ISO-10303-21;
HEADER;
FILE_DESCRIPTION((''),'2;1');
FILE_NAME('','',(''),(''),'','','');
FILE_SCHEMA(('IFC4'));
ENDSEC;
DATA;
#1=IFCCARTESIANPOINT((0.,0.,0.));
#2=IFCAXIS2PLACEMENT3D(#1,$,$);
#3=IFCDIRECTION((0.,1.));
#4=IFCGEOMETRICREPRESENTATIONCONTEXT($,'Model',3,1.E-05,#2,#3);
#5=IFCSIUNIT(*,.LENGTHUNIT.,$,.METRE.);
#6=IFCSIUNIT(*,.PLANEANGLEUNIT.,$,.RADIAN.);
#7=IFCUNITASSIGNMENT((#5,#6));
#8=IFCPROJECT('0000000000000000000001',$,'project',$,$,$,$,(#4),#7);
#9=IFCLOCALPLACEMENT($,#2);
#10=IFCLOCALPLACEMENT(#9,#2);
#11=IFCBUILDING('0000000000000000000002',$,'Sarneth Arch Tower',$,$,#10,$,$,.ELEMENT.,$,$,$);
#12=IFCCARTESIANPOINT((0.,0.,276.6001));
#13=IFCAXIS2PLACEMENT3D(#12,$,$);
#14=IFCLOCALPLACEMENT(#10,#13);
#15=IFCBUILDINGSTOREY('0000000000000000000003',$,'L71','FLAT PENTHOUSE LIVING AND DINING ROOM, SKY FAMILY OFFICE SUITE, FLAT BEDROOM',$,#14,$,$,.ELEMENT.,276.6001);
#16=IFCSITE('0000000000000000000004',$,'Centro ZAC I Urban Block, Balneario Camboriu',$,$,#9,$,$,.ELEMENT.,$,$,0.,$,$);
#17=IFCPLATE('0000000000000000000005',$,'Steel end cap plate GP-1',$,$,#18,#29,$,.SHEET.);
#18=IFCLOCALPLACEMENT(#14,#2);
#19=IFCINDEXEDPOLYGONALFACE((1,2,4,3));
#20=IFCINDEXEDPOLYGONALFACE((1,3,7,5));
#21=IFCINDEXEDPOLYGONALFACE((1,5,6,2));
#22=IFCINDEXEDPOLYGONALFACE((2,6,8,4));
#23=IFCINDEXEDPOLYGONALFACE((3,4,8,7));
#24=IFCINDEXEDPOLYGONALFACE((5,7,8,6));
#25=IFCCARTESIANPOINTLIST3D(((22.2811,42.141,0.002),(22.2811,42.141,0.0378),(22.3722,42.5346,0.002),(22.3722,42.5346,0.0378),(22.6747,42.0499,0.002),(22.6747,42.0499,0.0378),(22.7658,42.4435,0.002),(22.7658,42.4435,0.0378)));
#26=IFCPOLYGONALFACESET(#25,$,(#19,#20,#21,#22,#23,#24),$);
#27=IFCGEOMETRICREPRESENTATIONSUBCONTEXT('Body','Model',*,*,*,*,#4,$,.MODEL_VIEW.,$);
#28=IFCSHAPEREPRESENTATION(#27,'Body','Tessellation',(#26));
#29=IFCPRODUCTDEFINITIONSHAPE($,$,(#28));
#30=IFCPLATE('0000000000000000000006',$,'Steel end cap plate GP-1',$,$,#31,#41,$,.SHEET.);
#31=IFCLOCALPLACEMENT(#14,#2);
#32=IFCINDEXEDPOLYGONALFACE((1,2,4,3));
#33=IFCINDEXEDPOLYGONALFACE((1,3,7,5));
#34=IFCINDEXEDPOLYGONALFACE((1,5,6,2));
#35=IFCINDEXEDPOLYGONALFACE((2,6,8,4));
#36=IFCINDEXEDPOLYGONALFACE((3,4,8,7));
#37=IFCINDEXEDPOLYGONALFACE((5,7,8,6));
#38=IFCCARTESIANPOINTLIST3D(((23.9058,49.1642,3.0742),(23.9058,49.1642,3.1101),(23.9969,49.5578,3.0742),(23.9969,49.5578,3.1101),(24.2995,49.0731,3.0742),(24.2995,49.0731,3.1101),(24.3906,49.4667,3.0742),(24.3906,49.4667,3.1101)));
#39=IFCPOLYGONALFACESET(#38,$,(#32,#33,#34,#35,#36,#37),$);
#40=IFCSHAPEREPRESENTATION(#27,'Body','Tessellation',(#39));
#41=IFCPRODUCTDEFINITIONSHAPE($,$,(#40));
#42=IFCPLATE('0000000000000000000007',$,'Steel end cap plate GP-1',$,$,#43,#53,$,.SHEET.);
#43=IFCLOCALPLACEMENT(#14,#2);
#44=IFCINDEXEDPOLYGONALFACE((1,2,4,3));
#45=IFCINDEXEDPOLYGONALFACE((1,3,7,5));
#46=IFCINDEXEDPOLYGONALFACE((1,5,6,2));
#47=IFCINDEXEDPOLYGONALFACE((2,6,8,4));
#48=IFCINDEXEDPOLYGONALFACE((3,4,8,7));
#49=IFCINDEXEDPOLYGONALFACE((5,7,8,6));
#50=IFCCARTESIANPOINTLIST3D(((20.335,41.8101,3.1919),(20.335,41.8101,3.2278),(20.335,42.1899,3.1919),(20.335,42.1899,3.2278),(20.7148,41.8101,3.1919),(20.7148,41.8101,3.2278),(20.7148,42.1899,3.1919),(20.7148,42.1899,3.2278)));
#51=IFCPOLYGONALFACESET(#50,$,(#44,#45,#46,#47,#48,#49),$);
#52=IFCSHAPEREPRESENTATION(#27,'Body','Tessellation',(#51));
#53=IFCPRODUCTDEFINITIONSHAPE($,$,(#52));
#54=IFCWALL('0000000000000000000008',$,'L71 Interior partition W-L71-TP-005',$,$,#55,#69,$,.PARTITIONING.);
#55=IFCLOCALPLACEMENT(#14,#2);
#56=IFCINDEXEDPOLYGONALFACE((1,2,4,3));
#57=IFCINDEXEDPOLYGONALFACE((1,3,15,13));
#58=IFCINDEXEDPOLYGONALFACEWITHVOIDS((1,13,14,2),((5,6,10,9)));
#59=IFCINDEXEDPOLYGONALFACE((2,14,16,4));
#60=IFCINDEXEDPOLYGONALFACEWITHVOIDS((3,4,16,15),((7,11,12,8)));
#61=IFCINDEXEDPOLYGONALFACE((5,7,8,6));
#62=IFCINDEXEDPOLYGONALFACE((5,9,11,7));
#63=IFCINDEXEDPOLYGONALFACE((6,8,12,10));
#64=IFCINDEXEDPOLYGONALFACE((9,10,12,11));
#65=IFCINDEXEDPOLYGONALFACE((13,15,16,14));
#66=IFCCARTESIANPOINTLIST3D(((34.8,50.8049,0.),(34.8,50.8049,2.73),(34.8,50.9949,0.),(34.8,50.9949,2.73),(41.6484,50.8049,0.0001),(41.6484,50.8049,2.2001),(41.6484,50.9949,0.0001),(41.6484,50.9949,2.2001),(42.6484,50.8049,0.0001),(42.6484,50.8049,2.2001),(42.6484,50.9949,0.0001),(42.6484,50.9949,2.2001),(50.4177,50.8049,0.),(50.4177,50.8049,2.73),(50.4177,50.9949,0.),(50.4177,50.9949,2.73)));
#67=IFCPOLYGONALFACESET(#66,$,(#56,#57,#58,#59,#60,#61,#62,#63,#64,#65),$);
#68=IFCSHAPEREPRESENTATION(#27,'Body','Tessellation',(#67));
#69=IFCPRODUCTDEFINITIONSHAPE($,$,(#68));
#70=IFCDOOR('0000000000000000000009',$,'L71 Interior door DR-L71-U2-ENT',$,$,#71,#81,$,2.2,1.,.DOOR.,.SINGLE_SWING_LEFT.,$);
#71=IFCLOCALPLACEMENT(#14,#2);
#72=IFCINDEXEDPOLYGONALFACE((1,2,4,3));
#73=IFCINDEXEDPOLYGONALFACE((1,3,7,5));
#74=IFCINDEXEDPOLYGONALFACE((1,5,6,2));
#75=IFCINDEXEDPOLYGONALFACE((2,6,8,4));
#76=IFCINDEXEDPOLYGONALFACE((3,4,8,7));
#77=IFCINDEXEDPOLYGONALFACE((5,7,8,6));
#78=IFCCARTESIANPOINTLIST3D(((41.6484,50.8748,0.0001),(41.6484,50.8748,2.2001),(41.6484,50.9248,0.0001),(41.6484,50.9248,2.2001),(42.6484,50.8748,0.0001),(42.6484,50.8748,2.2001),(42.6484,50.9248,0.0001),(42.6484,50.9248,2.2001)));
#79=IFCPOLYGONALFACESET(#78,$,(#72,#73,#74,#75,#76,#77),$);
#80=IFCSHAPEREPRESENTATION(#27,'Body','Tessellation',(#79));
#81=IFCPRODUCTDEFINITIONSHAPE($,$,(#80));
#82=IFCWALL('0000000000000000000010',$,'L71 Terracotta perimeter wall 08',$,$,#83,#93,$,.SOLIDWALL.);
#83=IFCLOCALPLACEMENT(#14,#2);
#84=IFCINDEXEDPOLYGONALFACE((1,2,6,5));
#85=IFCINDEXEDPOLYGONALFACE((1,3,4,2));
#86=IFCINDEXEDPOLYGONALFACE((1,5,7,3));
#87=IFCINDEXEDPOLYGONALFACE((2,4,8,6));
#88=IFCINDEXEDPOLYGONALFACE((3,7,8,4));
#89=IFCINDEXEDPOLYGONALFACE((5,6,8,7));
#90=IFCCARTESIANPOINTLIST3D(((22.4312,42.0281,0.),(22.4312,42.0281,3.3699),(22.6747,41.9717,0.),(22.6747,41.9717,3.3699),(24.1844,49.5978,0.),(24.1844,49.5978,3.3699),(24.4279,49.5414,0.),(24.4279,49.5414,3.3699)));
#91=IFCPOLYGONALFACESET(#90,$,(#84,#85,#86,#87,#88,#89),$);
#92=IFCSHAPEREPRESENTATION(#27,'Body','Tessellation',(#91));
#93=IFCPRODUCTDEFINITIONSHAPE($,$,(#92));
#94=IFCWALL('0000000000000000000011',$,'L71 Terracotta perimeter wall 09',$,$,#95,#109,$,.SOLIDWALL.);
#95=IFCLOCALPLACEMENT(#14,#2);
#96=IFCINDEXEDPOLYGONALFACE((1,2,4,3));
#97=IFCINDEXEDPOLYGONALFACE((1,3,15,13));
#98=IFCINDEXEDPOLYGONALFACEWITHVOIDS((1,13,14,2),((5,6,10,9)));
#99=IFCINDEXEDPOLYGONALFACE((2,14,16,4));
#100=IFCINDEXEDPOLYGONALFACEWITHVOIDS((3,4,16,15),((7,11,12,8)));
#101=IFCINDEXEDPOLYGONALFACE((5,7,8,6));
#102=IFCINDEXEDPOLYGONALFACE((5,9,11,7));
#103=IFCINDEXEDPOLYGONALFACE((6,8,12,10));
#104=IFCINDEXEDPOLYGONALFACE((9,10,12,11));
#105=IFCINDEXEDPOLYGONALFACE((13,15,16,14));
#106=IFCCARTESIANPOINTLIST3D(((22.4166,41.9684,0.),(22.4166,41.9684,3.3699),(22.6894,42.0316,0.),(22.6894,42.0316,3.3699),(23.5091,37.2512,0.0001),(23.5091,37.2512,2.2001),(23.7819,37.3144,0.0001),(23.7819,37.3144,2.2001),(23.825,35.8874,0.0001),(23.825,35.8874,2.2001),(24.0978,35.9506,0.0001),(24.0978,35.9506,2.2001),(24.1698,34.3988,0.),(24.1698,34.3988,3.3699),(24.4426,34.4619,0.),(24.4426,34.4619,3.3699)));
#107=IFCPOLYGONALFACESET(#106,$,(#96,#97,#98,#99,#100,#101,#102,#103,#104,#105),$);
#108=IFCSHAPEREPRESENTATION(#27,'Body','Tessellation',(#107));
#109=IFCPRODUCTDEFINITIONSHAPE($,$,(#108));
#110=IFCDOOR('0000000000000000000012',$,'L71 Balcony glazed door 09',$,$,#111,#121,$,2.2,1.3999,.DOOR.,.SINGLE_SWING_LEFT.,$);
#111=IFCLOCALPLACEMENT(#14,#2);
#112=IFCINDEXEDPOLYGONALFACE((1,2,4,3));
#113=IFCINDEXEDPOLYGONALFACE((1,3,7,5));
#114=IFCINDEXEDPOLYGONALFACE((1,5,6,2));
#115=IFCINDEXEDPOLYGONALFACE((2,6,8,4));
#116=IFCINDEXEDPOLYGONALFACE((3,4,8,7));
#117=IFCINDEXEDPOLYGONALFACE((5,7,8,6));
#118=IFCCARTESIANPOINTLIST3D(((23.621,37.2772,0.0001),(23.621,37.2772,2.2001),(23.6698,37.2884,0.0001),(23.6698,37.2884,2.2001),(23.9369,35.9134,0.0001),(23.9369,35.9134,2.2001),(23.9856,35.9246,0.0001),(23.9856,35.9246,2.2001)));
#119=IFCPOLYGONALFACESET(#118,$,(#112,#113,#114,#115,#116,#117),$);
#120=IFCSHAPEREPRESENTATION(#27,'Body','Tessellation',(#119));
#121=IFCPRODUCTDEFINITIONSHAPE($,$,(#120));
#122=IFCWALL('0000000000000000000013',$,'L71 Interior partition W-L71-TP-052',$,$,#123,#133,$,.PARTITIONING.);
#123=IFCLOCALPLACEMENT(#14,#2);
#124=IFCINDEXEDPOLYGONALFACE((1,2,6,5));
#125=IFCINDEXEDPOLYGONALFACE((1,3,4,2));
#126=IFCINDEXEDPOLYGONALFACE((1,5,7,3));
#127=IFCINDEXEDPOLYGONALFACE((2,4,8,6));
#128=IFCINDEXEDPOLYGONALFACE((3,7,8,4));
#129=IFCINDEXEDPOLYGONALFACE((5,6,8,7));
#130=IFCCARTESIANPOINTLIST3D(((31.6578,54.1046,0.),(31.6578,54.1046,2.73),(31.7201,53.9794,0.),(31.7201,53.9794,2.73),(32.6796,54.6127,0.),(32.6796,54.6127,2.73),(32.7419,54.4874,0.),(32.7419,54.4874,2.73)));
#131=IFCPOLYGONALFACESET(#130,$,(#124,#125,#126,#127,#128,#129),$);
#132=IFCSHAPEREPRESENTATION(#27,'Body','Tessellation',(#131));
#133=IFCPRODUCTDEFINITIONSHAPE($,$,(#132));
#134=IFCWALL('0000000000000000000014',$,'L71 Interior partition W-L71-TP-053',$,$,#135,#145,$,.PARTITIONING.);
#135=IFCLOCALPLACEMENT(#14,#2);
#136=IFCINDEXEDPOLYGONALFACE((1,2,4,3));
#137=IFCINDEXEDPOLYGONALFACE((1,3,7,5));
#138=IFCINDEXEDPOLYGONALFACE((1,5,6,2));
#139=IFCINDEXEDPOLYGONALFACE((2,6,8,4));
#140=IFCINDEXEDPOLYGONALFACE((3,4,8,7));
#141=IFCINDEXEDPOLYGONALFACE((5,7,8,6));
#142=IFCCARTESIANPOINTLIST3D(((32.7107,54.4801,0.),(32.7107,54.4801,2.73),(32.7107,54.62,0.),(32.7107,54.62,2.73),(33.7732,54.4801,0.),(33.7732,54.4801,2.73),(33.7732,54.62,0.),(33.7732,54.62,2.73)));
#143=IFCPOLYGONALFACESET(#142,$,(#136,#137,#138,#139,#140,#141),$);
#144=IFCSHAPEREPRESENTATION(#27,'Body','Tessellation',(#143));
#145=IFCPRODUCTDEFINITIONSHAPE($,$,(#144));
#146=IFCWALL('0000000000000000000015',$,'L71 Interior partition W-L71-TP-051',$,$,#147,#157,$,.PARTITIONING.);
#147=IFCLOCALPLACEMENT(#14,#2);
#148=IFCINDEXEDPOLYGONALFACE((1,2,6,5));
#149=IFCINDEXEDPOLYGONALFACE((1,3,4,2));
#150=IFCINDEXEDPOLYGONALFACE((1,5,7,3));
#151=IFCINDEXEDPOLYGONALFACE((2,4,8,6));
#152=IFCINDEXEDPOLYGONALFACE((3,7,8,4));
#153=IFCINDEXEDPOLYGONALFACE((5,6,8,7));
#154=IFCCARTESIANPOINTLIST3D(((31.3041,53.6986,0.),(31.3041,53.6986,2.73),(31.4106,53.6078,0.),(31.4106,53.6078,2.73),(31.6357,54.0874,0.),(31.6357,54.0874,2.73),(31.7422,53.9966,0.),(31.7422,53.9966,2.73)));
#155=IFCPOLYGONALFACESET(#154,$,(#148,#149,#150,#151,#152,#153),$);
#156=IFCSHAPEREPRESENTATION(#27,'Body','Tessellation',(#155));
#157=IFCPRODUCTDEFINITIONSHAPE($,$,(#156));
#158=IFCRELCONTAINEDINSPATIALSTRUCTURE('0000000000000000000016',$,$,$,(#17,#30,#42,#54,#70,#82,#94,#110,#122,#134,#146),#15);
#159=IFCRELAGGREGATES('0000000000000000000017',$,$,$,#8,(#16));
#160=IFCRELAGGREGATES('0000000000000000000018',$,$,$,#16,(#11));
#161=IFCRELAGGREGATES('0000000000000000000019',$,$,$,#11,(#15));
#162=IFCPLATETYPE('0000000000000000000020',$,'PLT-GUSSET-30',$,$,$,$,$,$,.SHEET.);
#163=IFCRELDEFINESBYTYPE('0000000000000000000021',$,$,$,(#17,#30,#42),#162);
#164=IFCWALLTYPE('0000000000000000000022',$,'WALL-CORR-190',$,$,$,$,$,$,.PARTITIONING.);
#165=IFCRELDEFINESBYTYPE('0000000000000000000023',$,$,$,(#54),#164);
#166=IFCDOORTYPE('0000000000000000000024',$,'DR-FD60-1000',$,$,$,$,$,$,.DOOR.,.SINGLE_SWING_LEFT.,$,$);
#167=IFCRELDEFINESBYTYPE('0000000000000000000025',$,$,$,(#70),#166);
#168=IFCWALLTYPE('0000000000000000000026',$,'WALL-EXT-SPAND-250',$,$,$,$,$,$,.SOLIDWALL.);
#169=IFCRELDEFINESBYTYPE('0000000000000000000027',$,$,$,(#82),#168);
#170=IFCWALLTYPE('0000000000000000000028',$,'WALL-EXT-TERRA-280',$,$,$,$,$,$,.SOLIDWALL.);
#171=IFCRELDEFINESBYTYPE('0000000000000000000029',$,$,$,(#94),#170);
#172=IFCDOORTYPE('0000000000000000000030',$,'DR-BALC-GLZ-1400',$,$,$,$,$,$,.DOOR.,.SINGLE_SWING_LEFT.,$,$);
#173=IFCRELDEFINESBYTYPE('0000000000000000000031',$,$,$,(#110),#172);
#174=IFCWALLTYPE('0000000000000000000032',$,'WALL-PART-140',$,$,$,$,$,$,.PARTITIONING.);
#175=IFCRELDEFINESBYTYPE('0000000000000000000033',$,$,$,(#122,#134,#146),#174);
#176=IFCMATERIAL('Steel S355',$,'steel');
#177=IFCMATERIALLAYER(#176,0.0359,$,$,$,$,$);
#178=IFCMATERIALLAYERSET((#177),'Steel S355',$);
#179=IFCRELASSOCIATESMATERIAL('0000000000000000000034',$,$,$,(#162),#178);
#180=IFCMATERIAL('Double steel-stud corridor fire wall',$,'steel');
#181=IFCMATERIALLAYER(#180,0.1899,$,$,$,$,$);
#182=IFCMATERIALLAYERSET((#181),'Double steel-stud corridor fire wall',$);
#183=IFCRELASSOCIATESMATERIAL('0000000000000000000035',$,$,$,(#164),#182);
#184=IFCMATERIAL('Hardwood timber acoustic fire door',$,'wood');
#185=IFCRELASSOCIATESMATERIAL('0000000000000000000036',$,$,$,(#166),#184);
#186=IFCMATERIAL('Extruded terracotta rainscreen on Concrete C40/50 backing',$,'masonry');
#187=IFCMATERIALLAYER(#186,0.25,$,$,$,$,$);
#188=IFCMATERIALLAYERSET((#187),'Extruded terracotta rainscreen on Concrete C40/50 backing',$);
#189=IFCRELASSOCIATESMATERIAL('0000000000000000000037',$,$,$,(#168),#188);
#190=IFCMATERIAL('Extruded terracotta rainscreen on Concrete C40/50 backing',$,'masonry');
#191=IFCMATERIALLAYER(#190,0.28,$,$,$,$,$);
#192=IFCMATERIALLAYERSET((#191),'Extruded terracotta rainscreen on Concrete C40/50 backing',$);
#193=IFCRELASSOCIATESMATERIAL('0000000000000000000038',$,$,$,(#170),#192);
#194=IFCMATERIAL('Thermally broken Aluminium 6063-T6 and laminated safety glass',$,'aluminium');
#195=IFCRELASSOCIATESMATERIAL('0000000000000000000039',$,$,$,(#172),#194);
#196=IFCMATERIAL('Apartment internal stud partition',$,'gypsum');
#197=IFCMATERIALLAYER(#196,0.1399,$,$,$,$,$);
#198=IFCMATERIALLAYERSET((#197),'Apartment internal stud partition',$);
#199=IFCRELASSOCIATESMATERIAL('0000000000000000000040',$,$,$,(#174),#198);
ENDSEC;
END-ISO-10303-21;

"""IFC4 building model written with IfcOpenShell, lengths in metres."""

from ifc_helpers import new_model, si_unit, direction, frame, frame_2d, origin, origin_2d, place, context, subcontext, project, spatial, rectangle, extrude, material, layer, layer_set, type_object, element, fill, save


model = new_model("IFC4")

# Units and contexts
model_context = context("Model", 3, precision=1e-05, world=origin(), true_north=direction((0.0, 1.0)))
body_context = subcontext(model_context, "Body", "Model", "MODEL_VIEW")
ifc_project = project(units=[si_unit("LENGTHUNIT", "METRE"), si_unit("PLANEANGLEUNIT", "RADIAN")], contexts=[model_context])

# Site, building, storey
site_placement = place(None, origin())
site = spatial("IfcSite", under=ifc_project, at=site_placement, Name="Centro ZAC I Urban Block, Balneario Camboriu", CompositionType="ELEMENT", RefElevation=0.0)
building_placement = place(site_placement, origin())
building = spatial("IfcBuilding", under=site, at=building_placement, Name="Sarneth Arch Tower", CompositionType="ELEMENT")
storey_placement = place(building_placement, frame((0.0, 0.0, 276.6001)))
storey = spatial("IfcBuildingStorey", under=building, at=storey_placement, Name="L71", Description="FLAT PENTHOUSE LIVING AND DINING ROOM, SKY FAMILY OFFICE SUITE, FLAT BEDROOM", CompositionType="ELEMENT", Elevation=276.6001)

# Plates
ifc_material_1 = material(Name="Steel S355", Category="steel")
ifc_layer_1 = layer(ifc_material_1, 0.0359)
ifc_layer_set_1 = layer_set([ifc_layer_1], Name="Steel S355")
plate_type = type_object("IfcPlateType", Name="PLT-GUSSET-30", PredefinedType="SHEET", material=ifc_layer_set_1)
for number, where, z_axis, x_axis, name in (
    (1, (22.5234, 42.2922, 0.002), (0.0, 0.0, 1.0), (-0.225461, -0.974252, 0.0), "Steel end cap plate GP-1"),
    (2, (24.1482, 49.3154, 3.0742), (0.0, 0.0, 1.0), (-0.225461, -0.974252, 0.0), "Steel end cap plate GP-1"),
):
    element("IfcPlate", number, at=place(storey_placement, frame(where, z_axis=z_axis, x_axis=x_axis)), inside=storey, type_object=plate_type, Name=name, PredefinedType="SHEET", context=body_context, shape_type="SweptSolid", body=[
        extrude(rectangle(XDim=0.4041, YDim=0.4041, at=origin_2d()), origin(), (0.0, 0.0, 1.0), 0.0359),
    ])
plate_placement = place(storey_placement, frame((20.5249, 42.0, 3.1919), z_axis=(0.0, 0.0, 1.0), x_axis=(-1.0, 0.0, 0.0)))
element("IfcPlate", 3, at=plate_placement, inside=storey, type_object=plate_type, Name="Steel end cap plate GP-1", PredefinedType="SHEET", context=body_context, shape_type="SweptSolid", body=[
    extrude(rectangle(XDim=0.3799, YDim=0.3799, at=origin_2d()), origin(), (0.0, 0.0, 1.0), 0.0359),
])

# Wall, opening, door
ifc_material_2 = material(Name="Double steel-stud corridor fire wall", Category="steel")
ifc_layer_2 = layer(ifc_material_2, 0.1899)
ifc_layer_set_2 = layer_set([ifc_layer_2], Name="Double steel-stud corridor fire wall")
wall_type_1 = type_object("IfcWallType", Name="WALL-CORR-190", PredefinedType="PARTITIONING", material=ifc_layer_set_2)
wall_1_placement = place(storey_placement, frame((34.8, 50.8999, 0.0), z_axis=(0.0, 0.0, 1.0), x_axis=(1.0, 0.0, 0.0)))
wall_1 = element("IfcWall", 4, at=wall_1_placement, inside=storey, type_object=wall_type_1, Name="L71 Interior partition W-L71-TP-005", PredefinedType="PARTITIONING", context=body_context, shape_type="SweptSolid", body=[
    extrude(rectangle(XDim=15.6177, YDim=0.1899, at=frame_2d((7.8088, 0.0))), origin(), (0.0, 0.0, 1.0), 2.73),
])
opening_1_placement = place(wall_1_placement, frame((6.8484, 0.0, 0.0)))
opening_1 = element("IfcOpeningElement", 5, at=opening_1_placement, cuts=wall_1, PredefinedType="OPENING", context=body_context, shape_type="SweptSolid", body=[
    extrude(rectangle(XDim=1.0, YDim=2.2, at=frame_2d((0.5, 1.1001))), frame((0.0, 0.105, 0.0), z_axis=(0.0, -1.0, 0.0), x_axis=(1.0, 0.0, 0.0)), (0.0, 0.0, 1.0), 0.21),
])
ifc_material_3 = material(Name="Hardwood timber acoustic fire door", Category="wood")
door_type_1 = type_object("IfcDoorType", Name="DR-FD60-1000", OperationType="SINGLE_SWING_LEFT", PredefinedType="DOOR", material=ifc_material_3)
door_1_placement = place(opening_1_placement, origin())
door_1 = element("IfcDoor", 6, at=door_1_placement, inside=storey, type_object=door_type_1, Name="L71 Interior door DR-L71-U2-ENT", OperationType="SINGLE_SWING_LEFT", OverallHeight=2.2, OverallWidth=1.0, PredefinedType="DOOR", context=body_context, shape_type="SweptSolid", body=[
    extrude(rectangle(XDim=1.0, YDim=2.2, at=frame_2d((0.5, 1.1001))), frame((0.0, 0.0249, 0.0), z_axis=(0.0, -1.0, 0.0), x_axis=(1.0, 0.0, 0.0)), (0.0, 0.0, 1.0), 0.05),
])
fill(opening_1, door_1)

# Wall
ifc_material_4 = material(Name="Extruded terracotta rainscreen on Concrete C40/50 backing", Category="masonry")
ifc_layer_3 = layer(ifc_material_4, 0.25)
ifc_layer_set_3 = layer_set([ifc_layer_3], Name="Extruded terracotta rainscreen on Concrete C40/50 backing")
wall_type_2 = type_object("IfcWallType", Name="WALL-EXT-SPAND-250", PredefinedType="SOLIDWALL", material=ifc_layer_set_3)
wall_2_placement = place(storey_placement, frame((24.3062, 49.5696, 0.0), z_axis=(0.0, 0.0, 1.0), x_axis=(-0.225635, -0.974212, 0.0)))
element("IfcWall", 7, at=wall_2_placement, inside=storey, type_object=wall_type_2, Name="L71 Terracotta perimeter wall 08", PredefinedType="SOLIDWALL", context=body_context, shape_type="SweptSolid", body=[
    extrude(rectangle(XDim=7.77, YDim=0.25, at=frame_2d((3.885, 0.0))), origin(), (0.0, 0.0, 1.0), 3.3699),
])

# Wall, opening, door
ifc_material_5 = material(Name="Extruded terracotta rainscreen on Concrete C40/50 backing", Category="masonry")
ifc_layer_4 = layer(ifc_material_5, 0.28)
ifc_layer_set_4 = layer_set([ifc_layer_4], Name="Extruded terracotta rainscreen on Concrete C40/50 backing")
wall_type_3 = type_object("IfcWallType", Name="WALL-EXT-TERRA-280", PredefinedType="SOLIDWALL", material=ifc_layer_set_4)
wall_3_placement = place(storey_placement, frame((22.553, 42.0, 0.0), z_axis=(0.0, 0.0, 1.0), x_axis=(0.225635, -0.974212, 0.0)))
wall_3 = element("IfcWall", 8, at=wall_3_placement, inside=storey, type_object=wall_type_3, Name="L71 Terracotta perimeter wall 09", PredefinedType="SOLIDWALL", context=body_context, shape_type="SweptSolid", body=[
    extrude(rectangle(XDim=7.77, YDim=0.28, at=frame_2d((3.885, 0.0))), origin(), (0.0, 0.0, 1.0), 3.3699),
])
opening_2_placement = place(wall_3_placement, frame((4.842, 0.0, 0.0)))
opening_2 = element("IfcOpeningElement", 9, at=opening_2_placement, cuts=wall_3, PredefinedType="OPENING", context=body_context, shape_type="SweptSolid", body=[
    extrude(rectangle(XDim=1.3999, YDim=2.2, at=frame_2d((0.7, 1.1001))), frame((0.0, 0.1499, 0.0), z_axis=(0.0, -1.0, 0.0), x_axis=(1.0, 0.0, 0.0)), (0.0, 0.0, 1.0), 0.3),
])
ifc_material_6 = material(Name="Thermally broken Aluminium 6063-T6 and laminated safety glass", Category="aluminium")
door_type_2 = type_object("IfcDoorType", Name="DR-BALC-GLZ-1400", OperationType="SINGLE_SWING_LEFT", PredefinedType="DOOR", material=ifc_material_6)
door_2_placement = place(opening_2_placement, origin())
door_2 = element("IfcDoor", 10, at=door_2_placement, inside=storey, type_object=door_type_2, Name="L71 Balcony glazed door 09", OperationType="SINGLE_SWING_LEFT", OverallHeight=2.2, OverallWidth=1.3999, PredefinedType="DOOR", context=body_context, shape_type="SweptSolid", body=[
    extrude(rectangle(XDim=1.3999, YDim=2.2, at=frame_2d((0.7, 1.1001))), frame((0.0, 0.0249, 0.0), z_axis=(0.0, -1.0, 0.0), x_axis=(1.0, 0.0, 0.0)), (0.0, 0.0, 1.0), 0.05),
])
fill(opening_2, door_2)

# Walls
ifc_material_7 = material(Name="Apartment internal stud partition", Category="gypsum")
ifc_layer_5 = layer(ifc_material_7, 0.1399)
ifc_layer_set_5 = layer_set([ifc_layer_5], Name="Apartment internal stud partition")
wall_type_4 = type_object("IfcWallType", Name="WALL-PART-140", PredefinedType="PARTITIONING", material=ifc_layer_set_5)
wall_4_placement = place(storey_placement, frame((31.689, 54.042, 0.0), z_axis=(0.0, 0.0, 1.0), x_axis=(0.895409, 0.445244, 0.0)))
element("IfcWall", 11, at=wall_4_placement, inside=storey, type_object=wall_type_4, Name="L71 Interior partition W-L71-TP-052", PredefinedType="PARTITIONING", context=body_context, shape_type="SweptSolid", body=[
    extrude(rectangle(XDim=1.1411, YDim=0.1399, at=frame_2d((0.5706, 0.0))), origin(), (0.0, 0.0, 1.0), 2.73),
])
wall_5_placement = place(storey_placement, frame((32.7107, 54.55, 0.0), z_axis=(0.0, 0.0, 1.0), x_axis=(1.0, 0.0, 0.0)))
element("IfcWall", 12, at=wall_5_placement, inside=storey, type_object=wall_type_4, Name="L71 Interior partition W-L71-TP-053", PredefinedType="PARTITIONING", context=body_context, shape_type="SweptSolid", body=[
    extrude(rectangle(XDim=1.0625, YDim=0.1399, at=frame_2d((0.5312, 0.0))), origin(), (0.0, 0.0, 1.0), 2.73),
])
wall_6_placement = place(storey_placement, frame((31.3574, 53.6533, 0.0), z_axis=(0.0, 0.0, 1.0), x_axis=(0.648979, 0.760806, 0.0)))
element("IfcWall", 13, at=wall_6_placement, inside=storey, type_object=wall_type_4, Name="L71 Interior partition W-L71-TP-051", PredefinedType="PARTITIONING", context=body_context, shape_type="SweptSolid", body=[
    extrude(rectangle(XDim=0.511, YDim=0.1399, at=frame_2d((0.2554, 0.0))), origin(), (0.0, 0.0, 1.0), 2.73),
])

save(model, "model.ifc")
